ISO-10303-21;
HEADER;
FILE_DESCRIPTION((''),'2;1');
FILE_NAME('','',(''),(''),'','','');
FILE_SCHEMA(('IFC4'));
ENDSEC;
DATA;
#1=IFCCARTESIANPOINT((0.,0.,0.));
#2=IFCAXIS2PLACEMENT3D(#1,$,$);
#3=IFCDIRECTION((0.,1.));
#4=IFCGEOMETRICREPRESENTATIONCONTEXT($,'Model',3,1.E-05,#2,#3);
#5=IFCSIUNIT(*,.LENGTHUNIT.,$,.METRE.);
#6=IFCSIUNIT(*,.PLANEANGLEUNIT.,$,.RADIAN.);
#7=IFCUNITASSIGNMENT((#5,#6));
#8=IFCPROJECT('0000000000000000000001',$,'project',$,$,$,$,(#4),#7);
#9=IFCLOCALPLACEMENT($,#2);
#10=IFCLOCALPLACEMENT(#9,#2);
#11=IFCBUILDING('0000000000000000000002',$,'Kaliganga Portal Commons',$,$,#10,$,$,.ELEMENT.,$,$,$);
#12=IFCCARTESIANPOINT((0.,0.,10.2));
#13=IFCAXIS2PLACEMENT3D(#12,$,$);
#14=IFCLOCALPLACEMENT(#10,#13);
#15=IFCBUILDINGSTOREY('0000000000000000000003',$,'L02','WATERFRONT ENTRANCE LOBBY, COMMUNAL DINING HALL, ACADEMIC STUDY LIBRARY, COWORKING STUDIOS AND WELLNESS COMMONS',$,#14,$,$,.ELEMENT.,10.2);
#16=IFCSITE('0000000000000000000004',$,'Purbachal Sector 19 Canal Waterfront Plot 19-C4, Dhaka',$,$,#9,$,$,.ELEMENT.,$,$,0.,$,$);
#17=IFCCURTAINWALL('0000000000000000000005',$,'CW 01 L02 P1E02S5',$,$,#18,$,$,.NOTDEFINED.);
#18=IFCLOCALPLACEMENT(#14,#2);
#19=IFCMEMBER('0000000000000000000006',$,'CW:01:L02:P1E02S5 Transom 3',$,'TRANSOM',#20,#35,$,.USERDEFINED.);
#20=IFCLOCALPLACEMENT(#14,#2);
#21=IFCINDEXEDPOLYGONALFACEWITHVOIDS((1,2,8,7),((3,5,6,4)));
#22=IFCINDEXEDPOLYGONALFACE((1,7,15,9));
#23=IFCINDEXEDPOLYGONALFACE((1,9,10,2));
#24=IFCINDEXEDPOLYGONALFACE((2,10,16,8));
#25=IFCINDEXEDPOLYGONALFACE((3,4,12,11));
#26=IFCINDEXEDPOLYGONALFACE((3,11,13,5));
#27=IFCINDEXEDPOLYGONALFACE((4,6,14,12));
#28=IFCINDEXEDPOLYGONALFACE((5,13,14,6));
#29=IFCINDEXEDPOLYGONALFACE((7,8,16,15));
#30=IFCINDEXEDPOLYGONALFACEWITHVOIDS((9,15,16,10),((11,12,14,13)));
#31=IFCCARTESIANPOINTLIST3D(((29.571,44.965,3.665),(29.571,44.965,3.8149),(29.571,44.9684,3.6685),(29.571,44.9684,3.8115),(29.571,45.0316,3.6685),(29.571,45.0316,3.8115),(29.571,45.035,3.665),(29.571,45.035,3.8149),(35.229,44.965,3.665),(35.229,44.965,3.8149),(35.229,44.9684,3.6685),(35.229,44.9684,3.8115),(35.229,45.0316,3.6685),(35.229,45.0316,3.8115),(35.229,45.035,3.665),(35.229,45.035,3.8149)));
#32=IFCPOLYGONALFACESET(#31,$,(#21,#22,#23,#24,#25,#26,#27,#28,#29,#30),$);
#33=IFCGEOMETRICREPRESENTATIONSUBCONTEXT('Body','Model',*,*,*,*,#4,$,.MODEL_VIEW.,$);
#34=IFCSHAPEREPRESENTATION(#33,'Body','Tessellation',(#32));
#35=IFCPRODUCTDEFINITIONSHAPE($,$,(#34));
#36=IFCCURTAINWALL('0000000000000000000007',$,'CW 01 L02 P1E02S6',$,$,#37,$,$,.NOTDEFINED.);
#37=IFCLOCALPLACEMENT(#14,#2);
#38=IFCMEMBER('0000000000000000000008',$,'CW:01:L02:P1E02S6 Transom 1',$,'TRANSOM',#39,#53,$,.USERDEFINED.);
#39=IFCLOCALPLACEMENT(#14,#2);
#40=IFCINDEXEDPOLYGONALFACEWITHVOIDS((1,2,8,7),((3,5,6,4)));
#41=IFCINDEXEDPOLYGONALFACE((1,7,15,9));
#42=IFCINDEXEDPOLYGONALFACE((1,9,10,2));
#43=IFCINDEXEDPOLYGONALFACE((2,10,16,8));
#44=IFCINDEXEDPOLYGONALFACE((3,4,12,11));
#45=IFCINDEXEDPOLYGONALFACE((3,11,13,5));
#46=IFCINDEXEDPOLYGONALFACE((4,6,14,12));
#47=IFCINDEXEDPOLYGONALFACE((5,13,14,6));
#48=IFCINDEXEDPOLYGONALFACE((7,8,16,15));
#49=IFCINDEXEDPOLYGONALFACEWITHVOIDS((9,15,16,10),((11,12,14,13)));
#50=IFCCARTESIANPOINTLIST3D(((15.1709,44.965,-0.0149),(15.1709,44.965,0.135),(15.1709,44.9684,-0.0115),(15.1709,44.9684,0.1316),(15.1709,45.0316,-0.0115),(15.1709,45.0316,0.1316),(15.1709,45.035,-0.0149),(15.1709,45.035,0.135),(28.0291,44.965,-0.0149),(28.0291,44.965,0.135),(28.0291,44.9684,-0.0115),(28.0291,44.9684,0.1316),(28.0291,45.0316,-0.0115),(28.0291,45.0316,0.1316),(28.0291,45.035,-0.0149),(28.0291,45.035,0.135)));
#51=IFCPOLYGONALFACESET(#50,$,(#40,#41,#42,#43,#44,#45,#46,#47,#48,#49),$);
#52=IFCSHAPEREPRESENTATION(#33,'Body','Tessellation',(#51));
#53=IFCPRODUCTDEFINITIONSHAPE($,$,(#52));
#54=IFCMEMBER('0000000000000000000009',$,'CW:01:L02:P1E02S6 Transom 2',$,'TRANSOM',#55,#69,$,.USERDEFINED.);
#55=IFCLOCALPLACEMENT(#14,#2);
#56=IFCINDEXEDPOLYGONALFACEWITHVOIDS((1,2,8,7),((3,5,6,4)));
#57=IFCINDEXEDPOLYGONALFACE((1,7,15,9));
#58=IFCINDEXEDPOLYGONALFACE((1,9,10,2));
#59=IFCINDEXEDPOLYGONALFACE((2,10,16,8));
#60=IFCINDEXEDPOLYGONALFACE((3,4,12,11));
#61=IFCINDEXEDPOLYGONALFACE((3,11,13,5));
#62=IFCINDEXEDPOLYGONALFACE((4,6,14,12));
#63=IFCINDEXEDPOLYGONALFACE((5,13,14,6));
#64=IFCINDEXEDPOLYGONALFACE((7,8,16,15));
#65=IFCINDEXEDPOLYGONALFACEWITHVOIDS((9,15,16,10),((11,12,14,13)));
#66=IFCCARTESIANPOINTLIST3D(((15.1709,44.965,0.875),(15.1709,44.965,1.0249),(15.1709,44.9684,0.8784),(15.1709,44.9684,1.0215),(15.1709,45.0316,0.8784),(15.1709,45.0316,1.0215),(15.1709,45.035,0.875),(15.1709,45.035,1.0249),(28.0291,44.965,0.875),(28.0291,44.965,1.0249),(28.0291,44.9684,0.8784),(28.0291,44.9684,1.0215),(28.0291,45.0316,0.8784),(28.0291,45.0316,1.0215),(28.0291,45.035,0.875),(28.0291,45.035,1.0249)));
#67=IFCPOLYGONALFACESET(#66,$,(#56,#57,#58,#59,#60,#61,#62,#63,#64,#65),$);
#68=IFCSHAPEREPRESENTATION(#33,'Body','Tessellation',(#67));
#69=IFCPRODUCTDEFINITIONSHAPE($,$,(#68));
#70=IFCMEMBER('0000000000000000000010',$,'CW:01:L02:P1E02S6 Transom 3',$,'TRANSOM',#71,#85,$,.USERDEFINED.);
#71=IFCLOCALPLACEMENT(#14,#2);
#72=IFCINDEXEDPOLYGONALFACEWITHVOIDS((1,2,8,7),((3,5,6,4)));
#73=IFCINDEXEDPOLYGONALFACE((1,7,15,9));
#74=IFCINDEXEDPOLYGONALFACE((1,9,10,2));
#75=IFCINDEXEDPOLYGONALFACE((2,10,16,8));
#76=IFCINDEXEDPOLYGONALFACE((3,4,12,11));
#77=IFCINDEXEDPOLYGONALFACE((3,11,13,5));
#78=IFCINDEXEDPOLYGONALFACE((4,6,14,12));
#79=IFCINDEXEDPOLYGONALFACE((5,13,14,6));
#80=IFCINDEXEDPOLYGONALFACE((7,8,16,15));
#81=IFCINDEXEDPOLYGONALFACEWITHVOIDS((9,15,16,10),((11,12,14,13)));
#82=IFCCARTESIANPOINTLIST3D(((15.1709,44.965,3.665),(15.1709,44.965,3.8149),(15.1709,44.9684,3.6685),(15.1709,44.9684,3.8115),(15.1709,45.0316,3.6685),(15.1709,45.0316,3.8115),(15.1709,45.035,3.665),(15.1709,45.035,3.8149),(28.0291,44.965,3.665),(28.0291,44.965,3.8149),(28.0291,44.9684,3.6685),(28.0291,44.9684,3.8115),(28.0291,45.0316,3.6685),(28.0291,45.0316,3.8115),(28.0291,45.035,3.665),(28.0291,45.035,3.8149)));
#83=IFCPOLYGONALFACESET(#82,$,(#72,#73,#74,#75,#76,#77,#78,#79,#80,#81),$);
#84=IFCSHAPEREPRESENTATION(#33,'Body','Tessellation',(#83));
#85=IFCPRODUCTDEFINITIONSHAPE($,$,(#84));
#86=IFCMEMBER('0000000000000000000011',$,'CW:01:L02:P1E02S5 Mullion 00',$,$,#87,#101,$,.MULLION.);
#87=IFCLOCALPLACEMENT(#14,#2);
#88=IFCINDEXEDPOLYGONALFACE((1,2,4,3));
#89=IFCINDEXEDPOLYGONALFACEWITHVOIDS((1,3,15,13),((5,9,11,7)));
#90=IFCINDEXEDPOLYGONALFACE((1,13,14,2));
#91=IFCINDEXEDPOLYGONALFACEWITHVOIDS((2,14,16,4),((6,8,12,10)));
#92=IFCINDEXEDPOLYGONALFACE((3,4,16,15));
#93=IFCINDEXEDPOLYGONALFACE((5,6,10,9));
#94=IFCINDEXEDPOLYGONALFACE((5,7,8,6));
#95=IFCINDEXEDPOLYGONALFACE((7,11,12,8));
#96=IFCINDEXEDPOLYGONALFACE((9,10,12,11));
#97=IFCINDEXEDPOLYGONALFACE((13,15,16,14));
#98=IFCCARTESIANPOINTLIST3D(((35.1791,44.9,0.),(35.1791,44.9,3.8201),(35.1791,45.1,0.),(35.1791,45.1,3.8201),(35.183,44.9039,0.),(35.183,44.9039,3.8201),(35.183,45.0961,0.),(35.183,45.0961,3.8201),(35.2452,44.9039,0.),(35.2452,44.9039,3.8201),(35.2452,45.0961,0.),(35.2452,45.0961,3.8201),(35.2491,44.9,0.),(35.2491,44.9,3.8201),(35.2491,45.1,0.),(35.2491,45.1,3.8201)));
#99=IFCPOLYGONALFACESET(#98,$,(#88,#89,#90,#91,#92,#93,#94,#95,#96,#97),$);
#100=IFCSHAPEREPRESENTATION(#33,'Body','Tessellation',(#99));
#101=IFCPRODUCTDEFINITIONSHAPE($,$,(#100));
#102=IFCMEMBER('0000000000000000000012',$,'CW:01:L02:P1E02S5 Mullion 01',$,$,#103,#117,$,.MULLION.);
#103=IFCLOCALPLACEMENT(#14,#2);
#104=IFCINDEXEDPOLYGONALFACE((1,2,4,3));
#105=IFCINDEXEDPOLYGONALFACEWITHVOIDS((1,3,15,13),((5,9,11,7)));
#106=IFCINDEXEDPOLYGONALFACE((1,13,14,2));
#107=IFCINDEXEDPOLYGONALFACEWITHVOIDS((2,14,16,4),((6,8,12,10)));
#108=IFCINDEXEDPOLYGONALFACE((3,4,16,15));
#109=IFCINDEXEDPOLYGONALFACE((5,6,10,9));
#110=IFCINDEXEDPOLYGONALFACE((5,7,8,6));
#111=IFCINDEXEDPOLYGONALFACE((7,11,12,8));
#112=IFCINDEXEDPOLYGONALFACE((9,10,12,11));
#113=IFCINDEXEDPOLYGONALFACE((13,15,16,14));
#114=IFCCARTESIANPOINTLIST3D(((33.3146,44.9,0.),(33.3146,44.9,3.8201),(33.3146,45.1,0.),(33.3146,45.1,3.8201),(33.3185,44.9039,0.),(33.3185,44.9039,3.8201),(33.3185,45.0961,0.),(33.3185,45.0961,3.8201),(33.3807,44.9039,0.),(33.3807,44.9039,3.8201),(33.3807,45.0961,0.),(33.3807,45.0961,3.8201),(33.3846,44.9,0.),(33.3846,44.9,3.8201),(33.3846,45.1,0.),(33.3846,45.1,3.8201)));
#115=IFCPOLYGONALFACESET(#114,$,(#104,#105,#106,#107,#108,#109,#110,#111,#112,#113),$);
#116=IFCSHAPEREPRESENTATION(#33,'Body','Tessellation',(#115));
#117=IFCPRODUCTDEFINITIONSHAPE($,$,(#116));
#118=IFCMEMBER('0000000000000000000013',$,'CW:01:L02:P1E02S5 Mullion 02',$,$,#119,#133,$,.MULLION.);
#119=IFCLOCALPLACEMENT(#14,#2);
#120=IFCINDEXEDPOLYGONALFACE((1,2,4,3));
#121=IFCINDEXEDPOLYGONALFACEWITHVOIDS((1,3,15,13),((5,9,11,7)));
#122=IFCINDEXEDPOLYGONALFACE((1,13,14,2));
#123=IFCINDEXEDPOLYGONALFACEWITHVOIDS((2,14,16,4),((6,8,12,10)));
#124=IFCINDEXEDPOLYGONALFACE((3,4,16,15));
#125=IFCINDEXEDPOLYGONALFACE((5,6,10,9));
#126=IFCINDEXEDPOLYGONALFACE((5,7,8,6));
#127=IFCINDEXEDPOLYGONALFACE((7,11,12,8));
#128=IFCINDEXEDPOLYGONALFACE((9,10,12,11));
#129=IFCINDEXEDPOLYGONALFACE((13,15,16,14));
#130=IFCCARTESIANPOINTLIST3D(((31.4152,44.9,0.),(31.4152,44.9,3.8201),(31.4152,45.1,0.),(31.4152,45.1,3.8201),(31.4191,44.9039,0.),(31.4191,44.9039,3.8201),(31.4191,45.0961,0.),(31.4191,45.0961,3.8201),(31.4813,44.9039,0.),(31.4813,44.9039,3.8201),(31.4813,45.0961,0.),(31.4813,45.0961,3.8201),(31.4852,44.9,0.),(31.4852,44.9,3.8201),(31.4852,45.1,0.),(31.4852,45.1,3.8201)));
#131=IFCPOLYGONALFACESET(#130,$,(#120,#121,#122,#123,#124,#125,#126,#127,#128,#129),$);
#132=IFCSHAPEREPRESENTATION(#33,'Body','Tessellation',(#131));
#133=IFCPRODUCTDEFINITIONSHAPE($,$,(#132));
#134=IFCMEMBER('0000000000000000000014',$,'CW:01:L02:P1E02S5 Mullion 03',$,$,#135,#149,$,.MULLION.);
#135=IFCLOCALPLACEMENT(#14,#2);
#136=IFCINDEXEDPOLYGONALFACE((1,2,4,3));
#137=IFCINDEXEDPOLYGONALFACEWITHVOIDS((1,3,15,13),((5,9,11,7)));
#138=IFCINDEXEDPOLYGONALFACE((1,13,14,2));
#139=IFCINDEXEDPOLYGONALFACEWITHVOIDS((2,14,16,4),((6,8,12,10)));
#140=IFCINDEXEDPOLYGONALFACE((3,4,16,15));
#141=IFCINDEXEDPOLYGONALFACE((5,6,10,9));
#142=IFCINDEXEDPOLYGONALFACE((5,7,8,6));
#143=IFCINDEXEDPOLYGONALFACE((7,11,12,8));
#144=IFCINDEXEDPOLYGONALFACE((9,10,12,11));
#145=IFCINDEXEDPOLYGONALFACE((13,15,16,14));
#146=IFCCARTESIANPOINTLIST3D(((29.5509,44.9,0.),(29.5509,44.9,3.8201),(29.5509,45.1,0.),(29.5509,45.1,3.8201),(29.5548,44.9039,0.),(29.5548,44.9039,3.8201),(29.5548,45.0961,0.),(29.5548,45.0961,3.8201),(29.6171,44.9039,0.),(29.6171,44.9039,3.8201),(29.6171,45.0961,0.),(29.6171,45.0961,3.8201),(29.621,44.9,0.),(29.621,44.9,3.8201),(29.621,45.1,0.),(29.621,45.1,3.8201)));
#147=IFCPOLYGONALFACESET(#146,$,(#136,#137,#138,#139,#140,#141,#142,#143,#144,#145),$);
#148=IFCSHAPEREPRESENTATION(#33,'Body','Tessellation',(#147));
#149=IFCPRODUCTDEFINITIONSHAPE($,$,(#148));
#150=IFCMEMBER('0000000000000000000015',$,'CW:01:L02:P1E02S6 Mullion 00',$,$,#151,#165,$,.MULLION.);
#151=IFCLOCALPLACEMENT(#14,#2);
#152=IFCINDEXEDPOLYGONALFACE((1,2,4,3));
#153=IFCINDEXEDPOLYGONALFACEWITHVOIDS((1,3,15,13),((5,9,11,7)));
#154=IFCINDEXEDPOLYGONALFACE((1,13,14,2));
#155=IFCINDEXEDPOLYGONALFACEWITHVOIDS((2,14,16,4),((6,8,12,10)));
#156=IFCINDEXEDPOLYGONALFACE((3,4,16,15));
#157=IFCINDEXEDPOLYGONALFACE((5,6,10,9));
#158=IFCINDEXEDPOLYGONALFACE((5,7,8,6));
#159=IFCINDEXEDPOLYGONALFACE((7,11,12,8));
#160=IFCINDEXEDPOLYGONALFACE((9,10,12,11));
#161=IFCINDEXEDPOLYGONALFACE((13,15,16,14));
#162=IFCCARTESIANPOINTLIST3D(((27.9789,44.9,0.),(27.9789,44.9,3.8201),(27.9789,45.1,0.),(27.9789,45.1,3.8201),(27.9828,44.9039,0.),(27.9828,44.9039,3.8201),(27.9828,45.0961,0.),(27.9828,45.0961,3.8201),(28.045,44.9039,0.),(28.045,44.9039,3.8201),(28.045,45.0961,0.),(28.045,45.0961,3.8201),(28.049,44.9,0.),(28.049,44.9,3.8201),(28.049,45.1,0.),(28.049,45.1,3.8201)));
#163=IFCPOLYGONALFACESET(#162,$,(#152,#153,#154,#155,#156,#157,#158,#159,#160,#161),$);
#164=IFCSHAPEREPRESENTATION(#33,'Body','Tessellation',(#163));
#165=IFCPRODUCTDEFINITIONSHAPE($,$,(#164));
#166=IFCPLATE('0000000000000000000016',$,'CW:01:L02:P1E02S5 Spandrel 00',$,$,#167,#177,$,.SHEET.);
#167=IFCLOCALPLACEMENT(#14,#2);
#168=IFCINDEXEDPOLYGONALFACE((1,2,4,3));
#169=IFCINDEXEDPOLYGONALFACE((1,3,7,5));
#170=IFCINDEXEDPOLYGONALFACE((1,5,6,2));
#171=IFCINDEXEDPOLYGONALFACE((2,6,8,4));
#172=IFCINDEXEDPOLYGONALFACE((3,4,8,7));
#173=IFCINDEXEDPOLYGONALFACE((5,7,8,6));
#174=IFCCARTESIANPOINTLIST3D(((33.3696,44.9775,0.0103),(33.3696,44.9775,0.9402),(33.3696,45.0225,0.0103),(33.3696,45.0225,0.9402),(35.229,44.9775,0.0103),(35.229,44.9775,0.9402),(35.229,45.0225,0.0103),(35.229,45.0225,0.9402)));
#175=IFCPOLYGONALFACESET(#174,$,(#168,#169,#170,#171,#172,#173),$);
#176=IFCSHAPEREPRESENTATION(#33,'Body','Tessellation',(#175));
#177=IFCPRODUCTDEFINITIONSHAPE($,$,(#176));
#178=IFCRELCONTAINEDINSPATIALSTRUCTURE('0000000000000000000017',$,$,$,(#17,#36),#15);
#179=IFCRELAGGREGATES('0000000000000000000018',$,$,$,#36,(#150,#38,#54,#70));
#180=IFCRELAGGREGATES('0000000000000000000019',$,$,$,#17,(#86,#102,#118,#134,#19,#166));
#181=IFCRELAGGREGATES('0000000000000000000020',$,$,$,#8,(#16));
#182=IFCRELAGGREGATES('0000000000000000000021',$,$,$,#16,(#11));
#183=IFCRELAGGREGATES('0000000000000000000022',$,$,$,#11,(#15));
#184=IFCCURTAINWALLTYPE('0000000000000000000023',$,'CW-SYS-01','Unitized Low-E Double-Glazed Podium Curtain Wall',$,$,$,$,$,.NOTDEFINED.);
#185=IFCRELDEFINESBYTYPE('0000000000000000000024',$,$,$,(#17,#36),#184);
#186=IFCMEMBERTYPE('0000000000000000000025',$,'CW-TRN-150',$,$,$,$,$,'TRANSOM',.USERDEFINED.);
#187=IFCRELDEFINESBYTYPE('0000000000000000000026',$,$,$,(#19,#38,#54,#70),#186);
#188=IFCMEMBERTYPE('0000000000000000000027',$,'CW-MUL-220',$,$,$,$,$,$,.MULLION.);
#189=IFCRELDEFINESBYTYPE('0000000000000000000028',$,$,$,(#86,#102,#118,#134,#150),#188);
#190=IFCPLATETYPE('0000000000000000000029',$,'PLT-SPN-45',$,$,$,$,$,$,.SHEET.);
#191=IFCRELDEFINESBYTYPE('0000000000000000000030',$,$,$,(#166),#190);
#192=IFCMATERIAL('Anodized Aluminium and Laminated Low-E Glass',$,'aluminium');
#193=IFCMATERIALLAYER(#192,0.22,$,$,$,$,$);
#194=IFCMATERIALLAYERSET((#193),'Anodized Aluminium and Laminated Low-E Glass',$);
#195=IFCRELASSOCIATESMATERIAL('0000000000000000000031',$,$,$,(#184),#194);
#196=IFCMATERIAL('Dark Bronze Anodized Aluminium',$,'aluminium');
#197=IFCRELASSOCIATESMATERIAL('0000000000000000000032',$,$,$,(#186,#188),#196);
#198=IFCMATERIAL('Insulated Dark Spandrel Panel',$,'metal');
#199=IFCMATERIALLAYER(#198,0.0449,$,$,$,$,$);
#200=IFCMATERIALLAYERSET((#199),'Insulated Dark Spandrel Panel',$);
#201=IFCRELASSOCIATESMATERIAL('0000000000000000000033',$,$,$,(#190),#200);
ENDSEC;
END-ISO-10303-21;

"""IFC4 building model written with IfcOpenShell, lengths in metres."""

from ifc_helpers import new_model, si_unit, direction, frame, origin, origin_2d, place, context, subcontext, project, spatial, rectangle, hollow_rectangle, extrude, source, transform, mapped, material, layer, layer_set, material_profile, profile_set, type_object, element, aggregate, save


model = new_model("IFC4")

# Units and contexts
model_context = context("Model", 3, precision=1e-05, world=origin(), true_north=direction((0.0, 1.0)))
body_context = subcontext(model_context, "Body", "Model", "MODEL_VIEW")
ifc_project = project(units=[si_unit("LENGTHUNIT", "METRE"), si_unit("PLANEANGLEUNIT", "RADIAN")], contexts=[model_context])

# Site, building, storey
site_placement = place(None, origin())
site = spatial("IfcSite", under=ifc_project, at=site_placement, Name="Purbachal Sector 19 Canal Waterfront Plot 19-C4, Dhaka", CompositionType="ELEMENT", RefElevation=0.0)
building_placement = place(site_placement, origin())
building = spatial("IfcBuilding", under=site, at=building_placement, Name="Kaliganga Portal Commons", CompositionType="ELEMENT")
storey_placement = place(building_placement, frame((0.0, 0.0, 10.2)))
storey = spatial("IfcBuildingStorey", under=building, at=storey_placement, Name="L02", Description="WATERFRONT ENTRANCE LOBBY, COMMUNAL DINING HALL, ACADEMIC STUDY LIBRARY, COWORKING STUDIOS AND WELLNESS COMMONS", CompositionType="ELEMENT", Elevation=10.2)

# Curtain walls, members
ifc_material_1 = material(Name="Anodized Aluminium and Laminated Low-E Glass", Category="aluminium")
ifc_layer_1 = layer(ifc_material_1, 0.22)
ifc_layer_set_1 = layer_set([ifc_layer_1], Name="Anodized Aluminium and Laminated Low-E Glass")
curtain_wall_type = type_object("IfcCurtainWallType", Name="CW-SYS-01", Description="Unitized Low-E Double-Glazed Podium Curtain Wall", PredefinedType="NOTDEFINED", material=ifc_layer_set_1)
curtain_wall_1_placement = place(storey_placement, origin())
curtain_wall_1 = element("IfcCurtainWall", 1, at=curtain_wall_1_placement, inside=storey, type_object=curtain_wall_type, Name="CW 01 L02 P1E02S5", PredefinedType="NOTDEFINED")
ifc_material_2 = material(Name="Dark Bronze Anodized Aluminium", Category="aluminium")
ifc_material_profile_1 = material_profile(ifc_material_2, hollow_rectangle(XDim=0.0701, YDim=0.1499, WallThickness=0.0034, at=origin_2d()), Name="ALU TRAN 70x150x3.5")
ifc_profile_set_1 = profile_set([ifc_material_profile_1], Name="Dark Bronze Anodized Aluminium")
member_type_1 = type_object("IfcMemberType", Name="CW-TRN-150", ElementType="TRANSOM", PredefinedType="USERDEFINED", material=ifc_profile_set_1)
shared_shape_1 = source(origin(), body_context, "Body", "SweptSolid", [
    extrude(hollow_rectangle(XDim=0.0701, YDim=0.1499, WallThickness=0.0034, at=origin_2d()), origin(), (0.0, 0.0, 1.0), 5.658),
])
member_1_placement = place(storey_placement, frame((35.229, 45.0, 3.74), z_axis=(-1.0, 0.0, 0.0), x_axis=(0.0, -1.0, 0.0)))
member_1 = element("IfcMember", 2, at=member_1_placement, type_object=member_type_1, Name="CW:01:L02:P1E02S5 Transom 3", ObjectType="TRANSOM", PredefinedType="USERDEFINED", context=body_context, shape_type="MappedRepresentation", body=[
    mapped(shared_shape_1, transform((0.0, 0.0, 0.0), x_axis=(1.0, 0.0, 0.0), y_axis=(0.0, 1.0, 0.0), z_axis=(0.0, 0.0, 1.0), scale=1.0)),
])
curtain_wall_2_placement = place(storey_placement, origin())
curtain_wall_2 = element("IfcCurtainWall", 3, at=curtain_wall_2_placement, inside=storey, type_object=curtain_wall_type, Name="CW 01 L02 P1E02S6", PredefinedType="NOTDEFINED")
shared_shape_2 = source(origin(), body_context, "Body", "SweptSolid", [
    extrude(hollow_rectangle(XDim=0.0701, YDim=0.1499, WallThickness=0.0034, at=origin_2d()), origin(), (0.0, 0.0, 1.0), 12.8582),
])
member_2_placement = place(storey_placement, frame((28.0291, 45.0, 0.0601), z_axis=(-1.0, 0.0, 0.0), x_axis=(0.0, -1.0, 0.0)))
member_2 = element("IfcMember", 4, at=member_2_placement, type_object=member_type_1, Name="CW:01:L02:P1E02S6 Transom 1", ObjectType="TRANSOM", PredefinedType="USERDEFINED", context=body_context, shape_type="MappedRepresentation", body=[
    mapped(shared_shape_2, transform((0.0, 0.0, 0.0), x_axis=(1.0, 0.0, 0.0), y_axis=(0.0, 1.0, 0.0), z_axis=(0.0, 0.0, 1.0), scale=1.0)),
])
member_3_placement = place(storey_placement, frame((28.0291, 45.0, 0.95), z_axis=(-1.0, 0.0, 0.0), x_axis=(0.0, -1.0, 0.0)))
member_3 = element("IfcMember", 5, at=member_3_placement, type_object=member_type_1, Name="CW:01:L02:P1E02S6 Transom 2", ObjectType="TRANSOM", PredefinedType="USERDEFINED", context=body_context, shape_type="MappedRepresentation", body=[
    mapped(shared_shape_2, transform((0.0, 0.0, 0.0), x_axis=(1.0, 0.0, 0.0), y_axis=(0.0, 1.0, 0.0), z_axis=(0.0, 0.0, 1.0), scale=1.0)),
])
member_4_placement = place(storey_placement, frame((28.0291, 45.0, 3.74), z_axis=(-1.0, 0.0, 0.0), x_axis=(0.0, -1.0, 0.0)))
member_4 = element("IfcMember", 6, at=member_4_placement, type_object=member_type_1, Name="CW:01:L02:P1E02S6 Transom 3", ObjectType="TRANSOM", PredefinedType="USERDEFINED", context=body_context, shape_type="MappedRepresentation", body=[
    mapped(shared_shape_2, transform((0.0, 0.0, 0.0), x_axis=(1.0, 0.0, 0.0), y_axis=(0.0, 1.0, 0.0), z_axis=(0.0, 0.0, 1.0), scale=1.0)),
])

# Members
ifc_material_profile_2 = material_profile(ifc_material_2, hollow_rectangle(XDim=0.0701, YDim=0.2, WallThickness=0.0039, at=origin_2d()), Name="ALU MULL 70x200x4")
ifc_profile_set_2 = profile_set([ifc_material_profile_2], Name="Dark Bronze Anodized Aluminium")
member_type_2 = type_object("IfcMemberType", Name="CW-MUL-220", PredefinedType="MULLION", material=ifc_profile_set_2)
shared_shape_3 = source(origin(), body_context, "Body", "SweptSolid", [
    extrude(hollow_rectangle(XDim=0.0701, YDim=0.2, WallThickness=0.0039, at=origin_2d()), origin(), (0.0, 0.0, 1.0), 3.8201),
])
member_5_placement = place(storey_placement, frame((35.2141, 45.0, 0.0), z_axis=(0.0, 0.0, 1.0), x_axis=(-1.0, 0.0, 0.0)))
member_5 = element("IfcMember", 7, at=member_5_placement, type_object=member_type_2, Name="CW:01:L02:P1E02S5 Mullion 00", PredefinedType="MULLION", context=body_context, shape_type="MappedRepresentation", body=[
    mapped(shared_shape_3, transform((0.0, 0.0, 0.0), x_axis=(1.0, 0.0, 0.0), y_axis=(0.0, 1.0, 0.0), z_axis=(0.0, 0.0, 1.0), scale=1.0)),
])
member_6_placement = place(storey_placement, frame((33.3496, 45.0, 0.0), z_axis=(0.0, 0.0, 1.0), x_axis=(-1.0, 0.0, 0.0)))
member_6 = element("IfcMember", 8, at=member_6_placement, type_object=member_type_2, Name="CW:01:L02:P1E02S5 Mullion 01", PredefinedType="MULLION", context=body_context, shape_type="MappedRepresentation", body=[
    mapped(shared_shape_3, transform((0.0, 0.0, 0.0), x_axis=(1.0, 0.0, 0.0), y_axis=(0.0, 1.0, 0.0), z_axis=(0.0, 0.0, 1.0), scale=1.0)),
])
member_7_placement = place(storey_placement, frame((31.4502, 45.0, 0.0), z_axis=(0.0, 0.0, 1.0), x_axis=(-1.0, 0.0, 0.0)))
member_7 = element("IfcMember", 9, at=member_7_placement, type_object=member_type_2, Name="CW:01:L02:P1E02S5 Mullion 02", PredefinedType="MULLION", context=body_context, shape_type="MappedRepresentation", body=[
    mapped(shared_shape_3, transform((0.0, 0.0, 0.0), x_axis=(1.0, 0.0, 0.0), y_axis=(0.0, 1.0, 0.0), z_axis=(0.0, 0.0, 1.0), scale=1.0)),
])
member_8_placement = place(storey_placement, frame((29.5859, 45.0, 0.0), z_axis=(0.0, 0.0, 1.0), x_axis=(-1.0, 0.0, 0.0)))
member_8 = element("IfcMember", 10, at=member_8_placement, type_object=member_type_2, Name="CW:01:L02:P1E02S5 Mullion 03", PredefinedType="MULLION", context=body_context, shape_type="MappedRepresentation", body=[
    mapped(shared_shape_3, transform((0.0, 0.0, 0.0), x_axis=(1.0, 0.0, 0.0), y_axis=(0.0, 1.0, 0.0), z_axis=(0.0, 0.0, 1.0), scale=1.0)),
])
member_9_placement = place(storey_placement, frame((28.0139, 45.0, 0.0), z_axis=(0.0, 0.0, 1.0), x_axis=(-1.0, 0.0, 0.0)))
member_9 = element("IfcMember", 11, at=member_9_placement, type_object=member_type_2, Name="CW:01:L02:P1E02S6 Mullion 00", PredefinedType="MULLION", context=body_context, shape_type="MappedRepresentation", body=[
    mapped(shared_shape_3, transform((0.0, 0.0, 0.0), x_axis=(1.0, 0.0, 0.0), y_axis=(0.0, 1.0, 0.0), z_axis=(0.0, 0.0, 1.0), scale=1.0)),
])
aggregate(curtain_wall_2, [member_9, member_2, member_3, member_4])

# Plate
ifc_material_3 = material(Name="Insulated Dark Spandrel Panel", Category="metal")
ifc_layer_2 = layer(ifc_material_3, 0.0449)
ifc_layer_set_2 = layer_set([ifc_layer_2], Name="Insulated Dark Spandrel Panel")
plate_type_1 = type_object("IfcPlateType", Name="PLT-SPN-45", PredefinedType="SHEET", material=ifc_layer_set_2)
shared_shape_4 = source(origin(), body_context, "Body", "SweptSolid", [
    extrude(rectangle(XDim=1.8594, YDim=0.0449, at=origin_2d()), origin(), (0.0, 0.0, 1.0), 0.9299),
])
plate_1_placement = place(storey_placement, frame((34.2993, 45.0, 0.0103), z_axis=(0.0, 0.0, 1.0), x_axis=(-1.0, 0.0, 0.0)))
plate_1 = element("IfcPlate", 12, at=plate_1_placement, type_object=plate_type_1, Name="CW:01:L02:P1E02S5 Spandrel 00", PredefinedType="SHEET", context=body_context, shape_type="MappedRepresentation", body=[
    mapped(shared_shape_4, transform((0.0, 0.0, 0.0), x_axis=(1.0, 0.0, 0.0), y_axis=(0.0, 1.0, 0.0), z_axis=(0.0, 0.0, 1.0), scale=1.0)),
])
aggregate(curtain_wall_1, [member_5, member_6, member_7, member_8, member_1, plate_1])

save(model, "model.ifc")
